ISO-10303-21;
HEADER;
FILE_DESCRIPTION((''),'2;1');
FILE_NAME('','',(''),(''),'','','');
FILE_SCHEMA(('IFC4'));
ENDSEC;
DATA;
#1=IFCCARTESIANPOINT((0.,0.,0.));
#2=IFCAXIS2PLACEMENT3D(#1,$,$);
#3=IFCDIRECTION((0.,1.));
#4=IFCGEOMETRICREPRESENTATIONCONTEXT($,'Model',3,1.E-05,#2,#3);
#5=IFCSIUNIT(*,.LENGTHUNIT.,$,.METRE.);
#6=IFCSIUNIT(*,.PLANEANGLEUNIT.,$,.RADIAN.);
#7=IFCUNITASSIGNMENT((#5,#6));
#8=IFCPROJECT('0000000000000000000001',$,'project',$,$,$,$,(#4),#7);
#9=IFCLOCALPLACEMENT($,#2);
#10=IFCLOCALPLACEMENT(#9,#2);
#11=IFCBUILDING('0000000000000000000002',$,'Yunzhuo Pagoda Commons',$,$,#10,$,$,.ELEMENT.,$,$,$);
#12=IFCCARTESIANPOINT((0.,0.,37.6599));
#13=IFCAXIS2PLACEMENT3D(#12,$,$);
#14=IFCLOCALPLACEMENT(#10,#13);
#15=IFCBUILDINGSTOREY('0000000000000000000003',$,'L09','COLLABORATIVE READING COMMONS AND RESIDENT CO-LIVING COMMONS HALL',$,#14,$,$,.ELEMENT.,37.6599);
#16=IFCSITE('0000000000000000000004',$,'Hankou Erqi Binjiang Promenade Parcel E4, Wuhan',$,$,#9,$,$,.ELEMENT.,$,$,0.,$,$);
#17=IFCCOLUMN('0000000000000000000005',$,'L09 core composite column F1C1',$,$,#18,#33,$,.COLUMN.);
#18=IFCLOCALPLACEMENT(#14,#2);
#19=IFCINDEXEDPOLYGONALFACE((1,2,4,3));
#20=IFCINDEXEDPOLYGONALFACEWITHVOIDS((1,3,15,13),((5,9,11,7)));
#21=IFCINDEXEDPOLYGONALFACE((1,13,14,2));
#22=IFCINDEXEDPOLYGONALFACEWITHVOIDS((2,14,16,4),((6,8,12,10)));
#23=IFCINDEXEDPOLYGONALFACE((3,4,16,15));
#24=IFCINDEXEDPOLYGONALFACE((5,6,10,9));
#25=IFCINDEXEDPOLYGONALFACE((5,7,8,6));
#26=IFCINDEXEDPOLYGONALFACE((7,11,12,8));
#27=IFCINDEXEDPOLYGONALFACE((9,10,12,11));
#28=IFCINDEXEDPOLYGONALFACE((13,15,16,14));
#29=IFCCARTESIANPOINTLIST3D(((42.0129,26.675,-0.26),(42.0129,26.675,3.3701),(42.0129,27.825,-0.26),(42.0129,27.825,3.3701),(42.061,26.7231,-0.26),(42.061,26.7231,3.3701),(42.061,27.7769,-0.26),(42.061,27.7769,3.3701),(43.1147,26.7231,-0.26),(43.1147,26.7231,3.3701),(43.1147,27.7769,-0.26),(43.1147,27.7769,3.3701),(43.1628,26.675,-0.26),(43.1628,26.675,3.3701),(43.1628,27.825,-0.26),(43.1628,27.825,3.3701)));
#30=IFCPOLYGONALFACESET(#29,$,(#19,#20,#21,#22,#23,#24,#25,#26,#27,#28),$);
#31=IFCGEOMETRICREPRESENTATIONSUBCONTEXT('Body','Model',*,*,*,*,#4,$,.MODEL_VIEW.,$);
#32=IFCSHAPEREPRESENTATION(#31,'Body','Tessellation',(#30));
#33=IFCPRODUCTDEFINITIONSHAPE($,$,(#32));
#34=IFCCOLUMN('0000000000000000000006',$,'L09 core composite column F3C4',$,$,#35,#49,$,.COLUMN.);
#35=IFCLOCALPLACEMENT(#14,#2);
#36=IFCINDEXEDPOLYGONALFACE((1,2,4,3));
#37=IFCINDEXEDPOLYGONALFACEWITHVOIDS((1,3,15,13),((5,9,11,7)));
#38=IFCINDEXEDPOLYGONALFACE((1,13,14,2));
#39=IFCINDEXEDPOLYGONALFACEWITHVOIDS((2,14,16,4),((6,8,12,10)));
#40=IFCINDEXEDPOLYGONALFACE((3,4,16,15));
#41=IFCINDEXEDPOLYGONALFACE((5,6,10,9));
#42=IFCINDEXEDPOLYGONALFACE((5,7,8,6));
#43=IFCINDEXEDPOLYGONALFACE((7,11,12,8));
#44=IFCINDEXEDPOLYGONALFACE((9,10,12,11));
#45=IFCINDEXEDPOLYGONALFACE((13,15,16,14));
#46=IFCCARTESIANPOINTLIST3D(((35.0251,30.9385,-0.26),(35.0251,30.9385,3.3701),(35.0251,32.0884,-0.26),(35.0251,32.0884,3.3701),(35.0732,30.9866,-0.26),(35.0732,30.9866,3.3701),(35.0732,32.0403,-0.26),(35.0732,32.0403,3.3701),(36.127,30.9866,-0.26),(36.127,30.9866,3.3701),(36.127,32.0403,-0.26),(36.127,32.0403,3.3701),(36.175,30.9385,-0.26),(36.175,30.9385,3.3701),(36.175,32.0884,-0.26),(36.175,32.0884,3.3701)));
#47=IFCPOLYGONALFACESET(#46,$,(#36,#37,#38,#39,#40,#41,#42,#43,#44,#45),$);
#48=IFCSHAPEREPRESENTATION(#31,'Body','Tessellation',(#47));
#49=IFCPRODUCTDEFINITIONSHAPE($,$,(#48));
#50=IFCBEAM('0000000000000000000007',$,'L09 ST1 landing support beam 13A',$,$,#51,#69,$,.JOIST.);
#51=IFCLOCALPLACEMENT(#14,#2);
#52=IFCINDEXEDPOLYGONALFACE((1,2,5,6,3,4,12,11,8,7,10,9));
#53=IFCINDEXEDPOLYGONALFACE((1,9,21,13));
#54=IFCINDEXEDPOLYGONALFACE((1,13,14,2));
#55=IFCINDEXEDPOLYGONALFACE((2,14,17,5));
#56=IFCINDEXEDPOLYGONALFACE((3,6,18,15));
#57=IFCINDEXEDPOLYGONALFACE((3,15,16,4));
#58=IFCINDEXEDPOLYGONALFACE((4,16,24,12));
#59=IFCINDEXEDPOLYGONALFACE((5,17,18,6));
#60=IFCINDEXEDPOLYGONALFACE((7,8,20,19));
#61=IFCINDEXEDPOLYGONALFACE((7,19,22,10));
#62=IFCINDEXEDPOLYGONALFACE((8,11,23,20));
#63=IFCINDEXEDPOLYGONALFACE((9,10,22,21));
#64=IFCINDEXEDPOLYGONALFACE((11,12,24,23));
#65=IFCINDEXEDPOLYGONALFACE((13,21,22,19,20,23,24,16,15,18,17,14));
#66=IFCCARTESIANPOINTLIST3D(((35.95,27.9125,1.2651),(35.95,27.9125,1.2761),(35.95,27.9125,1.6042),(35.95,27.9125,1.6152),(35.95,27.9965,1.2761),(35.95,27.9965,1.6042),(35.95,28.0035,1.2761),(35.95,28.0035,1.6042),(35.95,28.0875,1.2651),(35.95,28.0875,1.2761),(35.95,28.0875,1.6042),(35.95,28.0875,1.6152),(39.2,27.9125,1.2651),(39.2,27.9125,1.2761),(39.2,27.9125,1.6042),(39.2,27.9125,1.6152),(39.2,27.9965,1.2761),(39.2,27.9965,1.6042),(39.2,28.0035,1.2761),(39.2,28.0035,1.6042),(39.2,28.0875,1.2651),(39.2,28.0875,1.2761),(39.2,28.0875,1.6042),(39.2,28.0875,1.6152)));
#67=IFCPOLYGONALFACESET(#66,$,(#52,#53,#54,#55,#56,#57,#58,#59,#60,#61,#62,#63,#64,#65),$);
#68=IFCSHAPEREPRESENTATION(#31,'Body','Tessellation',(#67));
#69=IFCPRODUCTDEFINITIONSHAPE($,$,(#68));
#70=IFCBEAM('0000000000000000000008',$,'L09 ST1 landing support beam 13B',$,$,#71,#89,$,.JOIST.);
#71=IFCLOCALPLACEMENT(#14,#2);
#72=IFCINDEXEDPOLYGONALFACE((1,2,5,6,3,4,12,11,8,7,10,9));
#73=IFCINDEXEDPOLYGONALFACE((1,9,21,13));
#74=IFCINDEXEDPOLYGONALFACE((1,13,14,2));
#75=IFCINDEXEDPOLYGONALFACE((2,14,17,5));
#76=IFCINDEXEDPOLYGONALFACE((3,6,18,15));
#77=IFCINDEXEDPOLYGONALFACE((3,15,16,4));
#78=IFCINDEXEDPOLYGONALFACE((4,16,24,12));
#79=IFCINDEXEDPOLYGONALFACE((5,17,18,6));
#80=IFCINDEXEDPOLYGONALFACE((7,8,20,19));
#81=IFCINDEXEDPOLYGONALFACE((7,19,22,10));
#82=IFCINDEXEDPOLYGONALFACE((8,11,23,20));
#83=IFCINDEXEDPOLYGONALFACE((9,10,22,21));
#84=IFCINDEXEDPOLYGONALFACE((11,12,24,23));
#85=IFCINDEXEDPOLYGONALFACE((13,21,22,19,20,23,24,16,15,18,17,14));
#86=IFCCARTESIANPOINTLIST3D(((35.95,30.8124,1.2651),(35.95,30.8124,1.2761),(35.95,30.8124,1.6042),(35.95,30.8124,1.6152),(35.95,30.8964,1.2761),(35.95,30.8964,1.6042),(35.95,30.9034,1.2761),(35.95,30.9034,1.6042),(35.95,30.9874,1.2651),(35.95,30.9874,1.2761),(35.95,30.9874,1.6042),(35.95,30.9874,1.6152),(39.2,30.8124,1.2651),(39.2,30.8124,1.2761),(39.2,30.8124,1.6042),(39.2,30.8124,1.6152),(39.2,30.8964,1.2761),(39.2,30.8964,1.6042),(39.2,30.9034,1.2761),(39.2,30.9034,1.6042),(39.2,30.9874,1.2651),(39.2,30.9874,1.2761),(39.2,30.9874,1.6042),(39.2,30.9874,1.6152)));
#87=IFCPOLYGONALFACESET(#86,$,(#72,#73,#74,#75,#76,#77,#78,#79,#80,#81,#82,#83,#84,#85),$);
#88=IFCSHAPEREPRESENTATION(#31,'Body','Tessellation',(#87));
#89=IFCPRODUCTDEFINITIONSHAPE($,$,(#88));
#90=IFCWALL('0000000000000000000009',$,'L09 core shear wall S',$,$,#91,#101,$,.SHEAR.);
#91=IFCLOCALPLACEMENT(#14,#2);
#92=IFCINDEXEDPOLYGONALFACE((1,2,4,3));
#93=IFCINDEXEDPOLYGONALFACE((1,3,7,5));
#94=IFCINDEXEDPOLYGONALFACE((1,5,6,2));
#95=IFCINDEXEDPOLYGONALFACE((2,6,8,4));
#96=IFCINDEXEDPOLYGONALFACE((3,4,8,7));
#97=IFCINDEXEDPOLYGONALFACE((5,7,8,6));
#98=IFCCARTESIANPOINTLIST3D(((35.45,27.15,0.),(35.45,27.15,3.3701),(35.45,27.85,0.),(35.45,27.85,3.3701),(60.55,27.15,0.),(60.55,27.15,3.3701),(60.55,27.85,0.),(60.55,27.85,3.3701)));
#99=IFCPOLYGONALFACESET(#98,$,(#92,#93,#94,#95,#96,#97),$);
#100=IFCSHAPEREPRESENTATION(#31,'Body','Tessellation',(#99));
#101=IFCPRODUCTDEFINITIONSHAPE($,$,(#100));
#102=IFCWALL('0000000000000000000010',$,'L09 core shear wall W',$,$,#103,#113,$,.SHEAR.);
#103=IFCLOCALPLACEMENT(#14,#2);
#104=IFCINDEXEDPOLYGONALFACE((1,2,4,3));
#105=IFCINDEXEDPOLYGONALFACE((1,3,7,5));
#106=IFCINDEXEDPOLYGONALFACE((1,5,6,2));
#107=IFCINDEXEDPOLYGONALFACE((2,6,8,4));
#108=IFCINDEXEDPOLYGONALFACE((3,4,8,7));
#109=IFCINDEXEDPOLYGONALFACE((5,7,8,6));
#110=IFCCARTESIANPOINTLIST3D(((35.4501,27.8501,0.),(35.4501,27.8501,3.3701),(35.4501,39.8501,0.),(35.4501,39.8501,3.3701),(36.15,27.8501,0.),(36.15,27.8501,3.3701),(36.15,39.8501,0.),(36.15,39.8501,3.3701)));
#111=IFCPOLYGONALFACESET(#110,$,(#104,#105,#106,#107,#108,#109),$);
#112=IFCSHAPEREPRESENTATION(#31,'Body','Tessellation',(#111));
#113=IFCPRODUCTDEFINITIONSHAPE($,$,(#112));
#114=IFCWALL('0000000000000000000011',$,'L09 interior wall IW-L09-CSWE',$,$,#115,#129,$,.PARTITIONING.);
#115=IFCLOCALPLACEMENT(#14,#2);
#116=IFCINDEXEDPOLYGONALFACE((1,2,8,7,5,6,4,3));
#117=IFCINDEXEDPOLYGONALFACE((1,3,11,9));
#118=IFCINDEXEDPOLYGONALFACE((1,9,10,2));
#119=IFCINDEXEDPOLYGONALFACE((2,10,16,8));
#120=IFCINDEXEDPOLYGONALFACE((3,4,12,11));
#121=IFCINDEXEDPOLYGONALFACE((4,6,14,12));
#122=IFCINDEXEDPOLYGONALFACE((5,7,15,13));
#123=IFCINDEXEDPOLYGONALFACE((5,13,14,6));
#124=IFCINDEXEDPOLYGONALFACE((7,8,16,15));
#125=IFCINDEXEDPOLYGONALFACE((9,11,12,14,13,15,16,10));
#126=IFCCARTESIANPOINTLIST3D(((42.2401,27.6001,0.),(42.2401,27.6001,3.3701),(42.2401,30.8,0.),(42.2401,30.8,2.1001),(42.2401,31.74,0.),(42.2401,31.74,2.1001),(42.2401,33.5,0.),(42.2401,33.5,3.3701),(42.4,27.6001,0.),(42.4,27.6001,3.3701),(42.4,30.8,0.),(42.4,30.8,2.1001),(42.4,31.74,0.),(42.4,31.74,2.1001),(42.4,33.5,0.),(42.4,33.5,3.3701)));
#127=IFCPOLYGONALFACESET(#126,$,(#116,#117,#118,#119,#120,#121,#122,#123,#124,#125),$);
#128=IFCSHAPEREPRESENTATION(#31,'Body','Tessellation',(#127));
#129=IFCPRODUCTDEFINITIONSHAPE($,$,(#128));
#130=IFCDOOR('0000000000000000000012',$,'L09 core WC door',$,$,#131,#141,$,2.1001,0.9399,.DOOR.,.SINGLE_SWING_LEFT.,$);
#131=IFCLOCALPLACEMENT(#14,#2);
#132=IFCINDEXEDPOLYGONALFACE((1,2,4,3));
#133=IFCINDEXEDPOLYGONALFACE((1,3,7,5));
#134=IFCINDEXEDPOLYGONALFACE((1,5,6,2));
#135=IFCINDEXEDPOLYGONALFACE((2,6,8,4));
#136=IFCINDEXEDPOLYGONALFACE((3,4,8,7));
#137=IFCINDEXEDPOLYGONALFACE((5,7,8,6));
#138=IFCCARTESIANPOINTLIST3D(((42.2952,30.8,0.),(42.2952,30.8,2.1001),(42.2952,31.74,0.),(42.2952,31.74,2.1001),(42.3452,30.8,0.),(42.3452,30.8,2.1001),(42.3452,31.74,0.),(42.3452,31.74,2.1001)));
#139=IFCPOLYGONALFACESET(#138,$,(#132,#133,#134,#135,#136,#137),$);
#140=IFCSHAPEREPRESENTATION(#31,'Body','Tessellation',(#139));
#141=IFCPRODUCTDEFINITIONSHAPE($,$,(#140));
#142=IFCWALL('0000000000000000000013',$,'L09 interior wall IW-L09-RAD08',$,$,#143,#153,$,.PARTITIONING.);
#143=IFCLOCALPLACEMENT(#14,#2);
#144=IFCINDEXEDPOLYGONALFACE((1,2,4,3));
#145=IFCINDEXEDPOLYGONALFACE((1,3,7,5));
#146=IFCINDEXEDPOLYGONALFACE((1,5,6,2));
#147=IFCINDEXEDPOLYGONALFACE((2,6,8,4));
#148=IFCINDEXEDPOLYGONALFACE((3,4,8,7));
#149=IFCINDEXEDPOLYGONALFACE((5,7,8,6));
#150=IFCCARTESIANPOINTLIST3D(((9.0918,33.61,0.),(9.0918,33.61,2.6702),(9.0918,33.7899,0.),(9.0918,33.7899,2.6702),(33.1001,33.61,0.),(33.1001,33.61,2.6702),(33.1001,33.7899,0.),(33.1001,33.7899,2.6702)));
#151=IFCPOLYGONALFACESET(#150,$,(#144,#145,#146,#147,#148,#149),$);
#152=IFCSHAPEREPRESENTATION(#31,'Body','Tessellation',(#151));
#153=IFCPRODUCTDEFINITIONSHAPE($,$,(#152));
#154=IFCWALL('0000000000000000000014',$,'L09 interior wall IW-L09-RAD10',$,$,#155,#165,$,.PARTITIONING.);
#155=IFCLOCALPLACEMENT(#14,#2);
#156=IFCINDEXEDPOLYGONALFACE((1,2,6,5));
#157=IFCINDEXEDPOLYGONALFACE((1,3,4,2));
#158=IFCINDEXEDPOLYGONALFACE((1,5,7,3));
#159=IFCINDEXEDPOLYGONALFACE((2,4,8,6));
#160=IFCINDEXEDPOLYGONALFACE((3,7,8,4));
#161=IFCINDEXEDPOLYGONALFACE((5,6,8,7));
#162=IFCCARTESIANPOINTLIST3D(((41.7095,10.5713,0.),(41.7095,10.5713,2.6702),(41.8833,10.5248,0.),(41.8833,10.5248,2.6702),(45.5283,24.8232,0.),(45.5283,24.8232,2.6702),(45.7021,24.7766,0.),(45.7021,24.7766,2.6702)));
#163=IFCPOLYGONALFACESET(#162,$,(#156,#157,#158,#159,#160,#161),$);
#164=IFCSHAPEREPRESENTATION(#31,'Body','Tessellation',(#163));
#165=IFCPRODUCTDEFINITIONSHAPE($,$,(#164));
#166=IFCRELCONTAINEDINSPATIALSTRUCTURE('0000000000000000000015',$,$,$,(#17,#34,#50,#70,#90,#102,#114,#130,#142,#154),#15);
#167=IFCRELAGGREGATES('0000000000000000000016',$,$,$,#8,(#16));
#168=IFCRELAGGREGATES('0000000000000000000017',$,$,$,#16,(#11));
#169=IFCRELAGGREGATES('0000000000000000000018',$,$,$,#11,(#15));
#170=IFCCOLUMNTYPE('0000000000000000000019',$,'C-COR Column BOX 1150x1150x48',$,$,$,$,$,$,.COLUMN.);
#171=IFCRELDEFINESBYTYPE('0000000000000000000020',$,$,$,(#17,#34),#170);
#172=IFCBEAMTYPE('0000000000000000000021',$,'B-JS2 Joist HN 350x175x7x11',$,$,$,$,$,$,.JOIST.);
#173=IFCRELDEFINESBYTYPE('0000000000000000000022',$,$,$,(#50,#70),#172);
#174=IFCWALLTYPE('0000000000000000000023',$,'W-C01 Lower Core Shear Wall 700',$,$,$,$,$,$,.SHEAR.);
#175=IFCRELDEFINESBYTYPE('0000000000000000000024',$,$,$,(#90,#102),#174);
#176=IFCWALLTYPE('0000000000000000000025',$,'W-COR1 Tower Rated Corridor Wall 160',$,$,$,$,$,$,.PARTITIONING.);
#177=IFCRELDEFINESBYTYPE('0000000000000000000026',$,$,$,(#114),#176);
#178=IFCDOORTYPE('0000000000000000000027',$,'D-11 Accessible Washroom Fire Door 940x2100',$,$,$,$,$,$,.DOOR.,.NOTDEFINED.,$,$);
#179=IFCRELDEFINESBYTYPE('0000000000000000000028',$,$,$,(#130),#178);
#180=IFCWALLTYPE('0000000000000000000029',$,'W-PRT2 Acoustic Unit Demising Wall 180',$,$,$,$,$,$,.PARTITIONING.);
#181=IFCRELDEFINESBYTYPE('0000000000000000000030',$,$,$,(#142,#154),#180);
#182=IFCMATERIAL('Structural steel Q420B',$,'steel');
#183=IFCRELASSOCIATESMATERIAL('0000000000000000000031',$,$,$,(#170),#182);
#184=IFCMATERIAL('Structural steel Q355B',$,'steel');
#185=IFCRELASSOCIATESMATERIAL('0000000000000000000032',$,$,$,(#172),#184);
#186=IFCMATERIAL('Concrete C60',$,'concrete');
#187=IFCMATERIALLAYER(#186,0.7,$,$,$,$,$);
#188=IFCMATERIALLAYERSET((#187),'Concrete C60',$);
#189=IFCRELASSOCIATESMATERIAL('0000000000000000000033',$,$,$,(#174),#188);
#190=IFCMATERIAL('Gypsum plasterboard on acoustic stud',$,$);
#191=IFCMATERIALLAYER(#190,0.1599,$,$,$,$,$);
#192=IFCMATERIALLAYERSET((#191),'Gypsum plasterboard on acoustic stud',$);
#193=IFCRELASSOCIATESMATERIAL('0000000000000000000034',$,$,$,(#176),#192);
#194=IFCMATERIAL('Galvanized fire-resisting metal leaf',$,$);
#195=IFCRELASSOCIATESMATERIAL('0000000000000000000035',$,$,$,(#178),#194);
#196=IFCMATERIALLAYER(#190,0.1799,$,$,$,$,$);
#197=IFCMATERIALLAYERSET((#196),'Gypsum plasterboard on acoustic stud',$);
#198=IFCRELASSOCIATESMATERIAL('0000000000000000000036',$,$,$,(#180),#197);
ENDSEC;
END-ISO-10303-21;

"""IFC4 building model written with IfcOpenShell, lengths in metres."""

from ifc_helpers import new_model, si_unit, direction, frame, frame_2d, origin, origin_with_axes, origin_2d, place, context, subcontext, project, spatial, rectangle, hollow_rectangle, i_section, extrude, source, transform, mapped, material, layer, layer_set, material_profile, profile_set, type_object, element, fill, save


model = new_model("IFC4")

# Units and contexts
model_context = context("Model", 3, precision=1e-05, world=origin(), true_north=direction((0.0, 1.0)))
body_context = subcontext(model_context, "Body", "Model", "MODEL_VIEW")
ifc_project = project(units=[si_unit("LENGTHUNIT", "METRE"), si_unit("PLANEANGLEUNIT", "RADIAN")], contexts=[model_context])

# Site, building, storey
site_placement = place(None, origin())
site = spatial("IfcSite", under=ifc_project, at=site_placement, Name="Hankou Erqi Binjiang Promenade Parcel E4, Wuhan", CompositionType="ELEMENT", RefElevation=0.0)
building_placement = place(site_placement, origin())
building = spatial("IfcBuilding", under=site, at=building_placement, Name="Yunzhuo Pagoda Commons", CompositionType="ELEMENT")
storey_placement = place(building_placement, frame((0.0, 0.0, 37.6599)))
storey = spatial("IfcBuildingStorey", under=building, at=storey_placement, Name="L09", Description="COLLABORATIVE READING COMMONS AND RESIDENT CO-LIVING COMMONS HALL", CompositionType="ELEMENT", Elevation=37.6599)

# Columns
ifc_material_1 = material(Name="Structural steel Q420B", Category="steel")
ifc_material_profile_1 = material_profile(ifc_material_1, hollow_rectangle(XDim=1.1499, YDim=1.1499, WallThickness=0.0481, at=origin_2d()), Name="Structural steel Q420B")
ifc_profile_set_1 = profile_set([ifc_material_profile_1], Name="Structural steel Q420B")
column_type = type_object("IfcColumnType", Name="C-COR Column BOX 1150x1150x48", PredefinedType="COLUMN", material=ifc_profile_set_1)
shared_shape_1 = source(origin(), body_context, "Body", "SweptSolid", [
    extrude(hollow_rectangle(XDim=1.1499, YDim=1.1499, WallThickness=0.0481, at=origin_2d()), origin(), (0.0, 0.0, 1.0), 3.6301),
])
for number, where, z_axis, x_axis, name in (
    (1, (42.5879, 27.25, -0.26), (0.0, 0.0, 1.0), (1.0, 0.0, 0.0), "L09 core composite column F1C1"),
    (2, (35.6001, 31.5134, -0.26), (0.0, 0.0, 1.0), (1.0, 0.0, 0.0), "L09 core composite column F3C4"),
):
    element("IfcColumn", number, at=place(storey_placement, frame(where, z_axis=z_axis, x_axis=x_axis)), inside=storey, type_object=column_type, Name=name, PredefinedType="COLUMN", context=body_context, shape_type="MappedRepresentation", body=[
        mapped(shared_shape_1, transform((0.0, 0.0, 0.0), scale=1.0)),
    ])

# Beams
ifc_material_2 = material(Name="Structural steel Q355B", Category="steel")
ifc_material_profile_2 = material_profile(ifc_material_2, i_section(OverallWidth=0.175, OverallDepth=0.3501, WebThickness=0.0071, FlangeThickness=0.011, at=origin_2d()), Name="Structural steel Q355B")
ifc_profile_set_2 = profile_set([ifc_material_profile_2], Name="Structural steel Q355B")
beam_type = type_object("IfcBeamType", Name="B-JS2 Joist HN 350x175x7x11", PredefinedType="JOIST", material=ifc_profile_set_2)
shared_shape_2 = source(origin(), body_context, "Body", "SweptSolid", [
    extrude(i_section(OverallWidth=0.175, OverallDepth=0.3501, WebThickness=0.0071, FlangeThickness=0.011, at=origin_2d()), origin(), (0.0, 0.0, 1.0), 3.25),
])
for number, where, z_axis, x_axis, name in (
    (3, (35.95, 28.0, 1.4402), (1.0, 0.0, 0.0), (0.0, 1.0, 0.0), "L09 ST1 landing support beam 13A"),
    (4, (35.95, 30.8999, 1.4402), (1.0, 0.0, 0.0), (0.0, 1.0, 0.0), "L09 ST1 landing support beam 13B"),
):
    element("IfcBeam", number, at=place(storey_placement, frame(where, z_axis=z_axis, x_axis=x_axis)), inside=storey, type_object=beam_type, Name=name, PredefinedType="JOIST", context=body_context, shape_type="MappedRepresentation", body=[
        mapped(shared_shape_2, transform((0.0, 0.0, 0.0), scale=1.0)),
    ])

# Walls
ifc_material_3 = material(Name="Concrete C60", Category="concrete")
ifc_layer_1 = layer(ifc_material_3, 0.7)
ifc_layer_set_1 = layer_set([ifc_layer_1], Name="Concrete C60")
wall_type_1 = type_object("IfcWallType", Name="W-C01 Lower Core Shear Wall 700", PredefinedType="SHEAR", material=ifc_layer_set_1)
wall_1_placement = place(storey_placement, frame((35.45, 27.5, 0.0), z_axis=(0.0, 0.0, 1.0), x_axis=(1.0, 0.0, 0.0)))
element("IfcWall", 5, at=wall_1_placement, inside=storey, type_object=wall_type_1, Name="L09 core shear wall S", PredefinedType="SHEAR", context=body_context, shape_type="SweptSolid", body=[
    extrude(rectangle(XDim=25.1001, YDim=0.7, at=frame_2d((12.55, 0.0))), origin(), (0.0, 0.0, 1.0), 3.3701),
])
wall_2_placement = place(storey_placement, frame((35.8, 27.8501, 0.0), z_axis=(0.0, 0.0, 1.0), x_axis=(0.0, 1.0, 0.0)))
element("IfcWall", 6, at=wall_2_placement, inside=storey, type_object=wall_type_1, Name="L09 core shear wall W", PredefinedType="SHEAR", context=body_context, shape_type="SweptSolid", body=[
    extrude(rectangle(XDim=12.0, YDim=0.7, at=frame_2d((6.0, 0.0))), origin(), (0.0, 0.0, 1.0), 3.3701),
])

# Wall, opening, door
ifc_material_4 = material(Name="Gypsum plasterboard on acoustic stud")
ifc_layer_2 = layer(ifc_material_4, 0.1599)
ifc_layer_set_2 = layer_set([ifc_layer_2], Name="Gypsum plasterboard on acoustic stud")
wall_type_2 = type_object("IfcWallType", Name="W-COR1 Tower Rated Corridor Wall 160", PredefinedType="PARTITIONING", material=ifc_layer_set_2)
wall_3_placement = place(storey_placement, frame((42.3201, 27.6001, 0.0), z_axis=(0.0, 0.0, 1.0), x_axis=(0.0, 1.0, 0.0)))
wall_3 = element("IfcWall", 7, at=wall_3_placement, inside=storey, type_object=wall_type_2, Name="L09 interior wall IW-L09-CSWE", PredefinedType="PARTITIONING", context=body_context, shape_type="SweptSolid", body=[
    extrude(rectangle(XDim=5.8999, YDim=0.1599, at=frame_2d((2.95, 0.0))), origin(), (0.0, 0.0, 1.0), 3.3701),
])
opening_1_placement = place(wall_3_placement, frame((3.2, 0.0, 0.0)))
opening_1 = element("IfcOpeningElement", 8, at=opening_1_placement, cuts=wall_3, PredefinedType="OPENING", context=body_context, shape_type="SweptSolid", body=[
    extrude(rectangle(XDim=0.9399, YDim=2.1001, at=frame_2d((0.47, 1.05))), frame((0.0, 0.0898, 0.0), z_axis=(0.0, -1.0, 0.0), x_axis=(1.0, 0.0, 0.0)), (0.0, 0.0, 1.0), 0.1799),
])
ifc_material_5 = material(Name="Galvanized fire-resisting metal leaf")
door_type_1 = type_object("IfcDoorType", Name="D-11 Accessible Washroom Fire Door 940x2100", OperationType="NOTDEFINED", PredefinedType="DOOR", material=ifc_material_5)
shared_shape_3 = source(origin(), body_context, "Body", "SweptSolid", [
    extrude(rectangle(XDim=0.9399, YDim=2.1001, at=frame_2d((0.47, 1.05))), frame((0.0, 0.0249, 0.0), z_axis=(0.0, -1.0, 0.0), x_axis=(1.0, 0.0, 0.0)), (0.0, 0.0, 1.0), 0.05),
])
door_1_placement = place(opening_1_placement, origin_with_axes())
door_1 = element("IfcDoor", 9, at=door_1_placement, inside=storey, type_object=door_type_1, Name="L09 core WC door", OperationType="SINGLE_SWING_LEFT", OverallHeight=2.1001, OverallWidth=0.9399, PredefinedType="DOOR", context=body_context, shape_type="MappedRepresentation", body=[
    mapped(shared_shape_3, transform((0.0, 0.0, 0.0), scale=1.0)),
])
fill(opening_1, door_1)

# Walls
ifc_layer_3 = layer(ifc_material_4, 0.1799)
ifc_layer_set_3 = layer_set([ifc_layer_3], Name="Gypsum plasterboard on acoustic stud")
wall_type_3 = type_object("IfcWallType", Name="W-PRT2 Acoustic Unit Demising Wall 180", PredefinedType="PARTITIONING", material=ifc_layer_set_3)
wall_4_placement = place(storey_placement, frame((33.1001, 33.7, 0.0), z_axis=(0.0, 0.0, 1.0), x_axis=(-1.0, 0.0, 0.0)))
element("IfcWall", 10, at=wall_4_placement, inside=storey, type_object=wall_type_3, Name="L09 interior wall IW-L09-RAD08", PredefinedType="PARTITIONING", context=body_context, shape_type="SweptSolid", body=[
    extrude(rectangle(XDim=24.0083, YDim=0.1799, at=frame_2d((12.0042, 0.0))), origin(), (0.0, 0.0, 1.0), 2.6702),
])
wall_5_placement = place(storey_placement, frame((45.6152, 24.8, 0.0), z_axis=(0.0, 0.0, 1.0), x_axis=(-0.258822, -0.965925, 0.0)))
element("IfcWall", 11, at=wall_5_placement, inside=storey, type_object=wall_type_3, Name="L09 interior wall IW-L09-RAD10", PredefinedType="PARTITIONING", context=body_context, shape_type="SweptSolid", body=[
    extrude(rectangle(XDim=14.7546, YDim=0.1799, at=frame_2d((7.3774, 0.0))), origin(), (0.0, 0.0, 1.0), 2.6702),
])

save(model, "model.ifc")
